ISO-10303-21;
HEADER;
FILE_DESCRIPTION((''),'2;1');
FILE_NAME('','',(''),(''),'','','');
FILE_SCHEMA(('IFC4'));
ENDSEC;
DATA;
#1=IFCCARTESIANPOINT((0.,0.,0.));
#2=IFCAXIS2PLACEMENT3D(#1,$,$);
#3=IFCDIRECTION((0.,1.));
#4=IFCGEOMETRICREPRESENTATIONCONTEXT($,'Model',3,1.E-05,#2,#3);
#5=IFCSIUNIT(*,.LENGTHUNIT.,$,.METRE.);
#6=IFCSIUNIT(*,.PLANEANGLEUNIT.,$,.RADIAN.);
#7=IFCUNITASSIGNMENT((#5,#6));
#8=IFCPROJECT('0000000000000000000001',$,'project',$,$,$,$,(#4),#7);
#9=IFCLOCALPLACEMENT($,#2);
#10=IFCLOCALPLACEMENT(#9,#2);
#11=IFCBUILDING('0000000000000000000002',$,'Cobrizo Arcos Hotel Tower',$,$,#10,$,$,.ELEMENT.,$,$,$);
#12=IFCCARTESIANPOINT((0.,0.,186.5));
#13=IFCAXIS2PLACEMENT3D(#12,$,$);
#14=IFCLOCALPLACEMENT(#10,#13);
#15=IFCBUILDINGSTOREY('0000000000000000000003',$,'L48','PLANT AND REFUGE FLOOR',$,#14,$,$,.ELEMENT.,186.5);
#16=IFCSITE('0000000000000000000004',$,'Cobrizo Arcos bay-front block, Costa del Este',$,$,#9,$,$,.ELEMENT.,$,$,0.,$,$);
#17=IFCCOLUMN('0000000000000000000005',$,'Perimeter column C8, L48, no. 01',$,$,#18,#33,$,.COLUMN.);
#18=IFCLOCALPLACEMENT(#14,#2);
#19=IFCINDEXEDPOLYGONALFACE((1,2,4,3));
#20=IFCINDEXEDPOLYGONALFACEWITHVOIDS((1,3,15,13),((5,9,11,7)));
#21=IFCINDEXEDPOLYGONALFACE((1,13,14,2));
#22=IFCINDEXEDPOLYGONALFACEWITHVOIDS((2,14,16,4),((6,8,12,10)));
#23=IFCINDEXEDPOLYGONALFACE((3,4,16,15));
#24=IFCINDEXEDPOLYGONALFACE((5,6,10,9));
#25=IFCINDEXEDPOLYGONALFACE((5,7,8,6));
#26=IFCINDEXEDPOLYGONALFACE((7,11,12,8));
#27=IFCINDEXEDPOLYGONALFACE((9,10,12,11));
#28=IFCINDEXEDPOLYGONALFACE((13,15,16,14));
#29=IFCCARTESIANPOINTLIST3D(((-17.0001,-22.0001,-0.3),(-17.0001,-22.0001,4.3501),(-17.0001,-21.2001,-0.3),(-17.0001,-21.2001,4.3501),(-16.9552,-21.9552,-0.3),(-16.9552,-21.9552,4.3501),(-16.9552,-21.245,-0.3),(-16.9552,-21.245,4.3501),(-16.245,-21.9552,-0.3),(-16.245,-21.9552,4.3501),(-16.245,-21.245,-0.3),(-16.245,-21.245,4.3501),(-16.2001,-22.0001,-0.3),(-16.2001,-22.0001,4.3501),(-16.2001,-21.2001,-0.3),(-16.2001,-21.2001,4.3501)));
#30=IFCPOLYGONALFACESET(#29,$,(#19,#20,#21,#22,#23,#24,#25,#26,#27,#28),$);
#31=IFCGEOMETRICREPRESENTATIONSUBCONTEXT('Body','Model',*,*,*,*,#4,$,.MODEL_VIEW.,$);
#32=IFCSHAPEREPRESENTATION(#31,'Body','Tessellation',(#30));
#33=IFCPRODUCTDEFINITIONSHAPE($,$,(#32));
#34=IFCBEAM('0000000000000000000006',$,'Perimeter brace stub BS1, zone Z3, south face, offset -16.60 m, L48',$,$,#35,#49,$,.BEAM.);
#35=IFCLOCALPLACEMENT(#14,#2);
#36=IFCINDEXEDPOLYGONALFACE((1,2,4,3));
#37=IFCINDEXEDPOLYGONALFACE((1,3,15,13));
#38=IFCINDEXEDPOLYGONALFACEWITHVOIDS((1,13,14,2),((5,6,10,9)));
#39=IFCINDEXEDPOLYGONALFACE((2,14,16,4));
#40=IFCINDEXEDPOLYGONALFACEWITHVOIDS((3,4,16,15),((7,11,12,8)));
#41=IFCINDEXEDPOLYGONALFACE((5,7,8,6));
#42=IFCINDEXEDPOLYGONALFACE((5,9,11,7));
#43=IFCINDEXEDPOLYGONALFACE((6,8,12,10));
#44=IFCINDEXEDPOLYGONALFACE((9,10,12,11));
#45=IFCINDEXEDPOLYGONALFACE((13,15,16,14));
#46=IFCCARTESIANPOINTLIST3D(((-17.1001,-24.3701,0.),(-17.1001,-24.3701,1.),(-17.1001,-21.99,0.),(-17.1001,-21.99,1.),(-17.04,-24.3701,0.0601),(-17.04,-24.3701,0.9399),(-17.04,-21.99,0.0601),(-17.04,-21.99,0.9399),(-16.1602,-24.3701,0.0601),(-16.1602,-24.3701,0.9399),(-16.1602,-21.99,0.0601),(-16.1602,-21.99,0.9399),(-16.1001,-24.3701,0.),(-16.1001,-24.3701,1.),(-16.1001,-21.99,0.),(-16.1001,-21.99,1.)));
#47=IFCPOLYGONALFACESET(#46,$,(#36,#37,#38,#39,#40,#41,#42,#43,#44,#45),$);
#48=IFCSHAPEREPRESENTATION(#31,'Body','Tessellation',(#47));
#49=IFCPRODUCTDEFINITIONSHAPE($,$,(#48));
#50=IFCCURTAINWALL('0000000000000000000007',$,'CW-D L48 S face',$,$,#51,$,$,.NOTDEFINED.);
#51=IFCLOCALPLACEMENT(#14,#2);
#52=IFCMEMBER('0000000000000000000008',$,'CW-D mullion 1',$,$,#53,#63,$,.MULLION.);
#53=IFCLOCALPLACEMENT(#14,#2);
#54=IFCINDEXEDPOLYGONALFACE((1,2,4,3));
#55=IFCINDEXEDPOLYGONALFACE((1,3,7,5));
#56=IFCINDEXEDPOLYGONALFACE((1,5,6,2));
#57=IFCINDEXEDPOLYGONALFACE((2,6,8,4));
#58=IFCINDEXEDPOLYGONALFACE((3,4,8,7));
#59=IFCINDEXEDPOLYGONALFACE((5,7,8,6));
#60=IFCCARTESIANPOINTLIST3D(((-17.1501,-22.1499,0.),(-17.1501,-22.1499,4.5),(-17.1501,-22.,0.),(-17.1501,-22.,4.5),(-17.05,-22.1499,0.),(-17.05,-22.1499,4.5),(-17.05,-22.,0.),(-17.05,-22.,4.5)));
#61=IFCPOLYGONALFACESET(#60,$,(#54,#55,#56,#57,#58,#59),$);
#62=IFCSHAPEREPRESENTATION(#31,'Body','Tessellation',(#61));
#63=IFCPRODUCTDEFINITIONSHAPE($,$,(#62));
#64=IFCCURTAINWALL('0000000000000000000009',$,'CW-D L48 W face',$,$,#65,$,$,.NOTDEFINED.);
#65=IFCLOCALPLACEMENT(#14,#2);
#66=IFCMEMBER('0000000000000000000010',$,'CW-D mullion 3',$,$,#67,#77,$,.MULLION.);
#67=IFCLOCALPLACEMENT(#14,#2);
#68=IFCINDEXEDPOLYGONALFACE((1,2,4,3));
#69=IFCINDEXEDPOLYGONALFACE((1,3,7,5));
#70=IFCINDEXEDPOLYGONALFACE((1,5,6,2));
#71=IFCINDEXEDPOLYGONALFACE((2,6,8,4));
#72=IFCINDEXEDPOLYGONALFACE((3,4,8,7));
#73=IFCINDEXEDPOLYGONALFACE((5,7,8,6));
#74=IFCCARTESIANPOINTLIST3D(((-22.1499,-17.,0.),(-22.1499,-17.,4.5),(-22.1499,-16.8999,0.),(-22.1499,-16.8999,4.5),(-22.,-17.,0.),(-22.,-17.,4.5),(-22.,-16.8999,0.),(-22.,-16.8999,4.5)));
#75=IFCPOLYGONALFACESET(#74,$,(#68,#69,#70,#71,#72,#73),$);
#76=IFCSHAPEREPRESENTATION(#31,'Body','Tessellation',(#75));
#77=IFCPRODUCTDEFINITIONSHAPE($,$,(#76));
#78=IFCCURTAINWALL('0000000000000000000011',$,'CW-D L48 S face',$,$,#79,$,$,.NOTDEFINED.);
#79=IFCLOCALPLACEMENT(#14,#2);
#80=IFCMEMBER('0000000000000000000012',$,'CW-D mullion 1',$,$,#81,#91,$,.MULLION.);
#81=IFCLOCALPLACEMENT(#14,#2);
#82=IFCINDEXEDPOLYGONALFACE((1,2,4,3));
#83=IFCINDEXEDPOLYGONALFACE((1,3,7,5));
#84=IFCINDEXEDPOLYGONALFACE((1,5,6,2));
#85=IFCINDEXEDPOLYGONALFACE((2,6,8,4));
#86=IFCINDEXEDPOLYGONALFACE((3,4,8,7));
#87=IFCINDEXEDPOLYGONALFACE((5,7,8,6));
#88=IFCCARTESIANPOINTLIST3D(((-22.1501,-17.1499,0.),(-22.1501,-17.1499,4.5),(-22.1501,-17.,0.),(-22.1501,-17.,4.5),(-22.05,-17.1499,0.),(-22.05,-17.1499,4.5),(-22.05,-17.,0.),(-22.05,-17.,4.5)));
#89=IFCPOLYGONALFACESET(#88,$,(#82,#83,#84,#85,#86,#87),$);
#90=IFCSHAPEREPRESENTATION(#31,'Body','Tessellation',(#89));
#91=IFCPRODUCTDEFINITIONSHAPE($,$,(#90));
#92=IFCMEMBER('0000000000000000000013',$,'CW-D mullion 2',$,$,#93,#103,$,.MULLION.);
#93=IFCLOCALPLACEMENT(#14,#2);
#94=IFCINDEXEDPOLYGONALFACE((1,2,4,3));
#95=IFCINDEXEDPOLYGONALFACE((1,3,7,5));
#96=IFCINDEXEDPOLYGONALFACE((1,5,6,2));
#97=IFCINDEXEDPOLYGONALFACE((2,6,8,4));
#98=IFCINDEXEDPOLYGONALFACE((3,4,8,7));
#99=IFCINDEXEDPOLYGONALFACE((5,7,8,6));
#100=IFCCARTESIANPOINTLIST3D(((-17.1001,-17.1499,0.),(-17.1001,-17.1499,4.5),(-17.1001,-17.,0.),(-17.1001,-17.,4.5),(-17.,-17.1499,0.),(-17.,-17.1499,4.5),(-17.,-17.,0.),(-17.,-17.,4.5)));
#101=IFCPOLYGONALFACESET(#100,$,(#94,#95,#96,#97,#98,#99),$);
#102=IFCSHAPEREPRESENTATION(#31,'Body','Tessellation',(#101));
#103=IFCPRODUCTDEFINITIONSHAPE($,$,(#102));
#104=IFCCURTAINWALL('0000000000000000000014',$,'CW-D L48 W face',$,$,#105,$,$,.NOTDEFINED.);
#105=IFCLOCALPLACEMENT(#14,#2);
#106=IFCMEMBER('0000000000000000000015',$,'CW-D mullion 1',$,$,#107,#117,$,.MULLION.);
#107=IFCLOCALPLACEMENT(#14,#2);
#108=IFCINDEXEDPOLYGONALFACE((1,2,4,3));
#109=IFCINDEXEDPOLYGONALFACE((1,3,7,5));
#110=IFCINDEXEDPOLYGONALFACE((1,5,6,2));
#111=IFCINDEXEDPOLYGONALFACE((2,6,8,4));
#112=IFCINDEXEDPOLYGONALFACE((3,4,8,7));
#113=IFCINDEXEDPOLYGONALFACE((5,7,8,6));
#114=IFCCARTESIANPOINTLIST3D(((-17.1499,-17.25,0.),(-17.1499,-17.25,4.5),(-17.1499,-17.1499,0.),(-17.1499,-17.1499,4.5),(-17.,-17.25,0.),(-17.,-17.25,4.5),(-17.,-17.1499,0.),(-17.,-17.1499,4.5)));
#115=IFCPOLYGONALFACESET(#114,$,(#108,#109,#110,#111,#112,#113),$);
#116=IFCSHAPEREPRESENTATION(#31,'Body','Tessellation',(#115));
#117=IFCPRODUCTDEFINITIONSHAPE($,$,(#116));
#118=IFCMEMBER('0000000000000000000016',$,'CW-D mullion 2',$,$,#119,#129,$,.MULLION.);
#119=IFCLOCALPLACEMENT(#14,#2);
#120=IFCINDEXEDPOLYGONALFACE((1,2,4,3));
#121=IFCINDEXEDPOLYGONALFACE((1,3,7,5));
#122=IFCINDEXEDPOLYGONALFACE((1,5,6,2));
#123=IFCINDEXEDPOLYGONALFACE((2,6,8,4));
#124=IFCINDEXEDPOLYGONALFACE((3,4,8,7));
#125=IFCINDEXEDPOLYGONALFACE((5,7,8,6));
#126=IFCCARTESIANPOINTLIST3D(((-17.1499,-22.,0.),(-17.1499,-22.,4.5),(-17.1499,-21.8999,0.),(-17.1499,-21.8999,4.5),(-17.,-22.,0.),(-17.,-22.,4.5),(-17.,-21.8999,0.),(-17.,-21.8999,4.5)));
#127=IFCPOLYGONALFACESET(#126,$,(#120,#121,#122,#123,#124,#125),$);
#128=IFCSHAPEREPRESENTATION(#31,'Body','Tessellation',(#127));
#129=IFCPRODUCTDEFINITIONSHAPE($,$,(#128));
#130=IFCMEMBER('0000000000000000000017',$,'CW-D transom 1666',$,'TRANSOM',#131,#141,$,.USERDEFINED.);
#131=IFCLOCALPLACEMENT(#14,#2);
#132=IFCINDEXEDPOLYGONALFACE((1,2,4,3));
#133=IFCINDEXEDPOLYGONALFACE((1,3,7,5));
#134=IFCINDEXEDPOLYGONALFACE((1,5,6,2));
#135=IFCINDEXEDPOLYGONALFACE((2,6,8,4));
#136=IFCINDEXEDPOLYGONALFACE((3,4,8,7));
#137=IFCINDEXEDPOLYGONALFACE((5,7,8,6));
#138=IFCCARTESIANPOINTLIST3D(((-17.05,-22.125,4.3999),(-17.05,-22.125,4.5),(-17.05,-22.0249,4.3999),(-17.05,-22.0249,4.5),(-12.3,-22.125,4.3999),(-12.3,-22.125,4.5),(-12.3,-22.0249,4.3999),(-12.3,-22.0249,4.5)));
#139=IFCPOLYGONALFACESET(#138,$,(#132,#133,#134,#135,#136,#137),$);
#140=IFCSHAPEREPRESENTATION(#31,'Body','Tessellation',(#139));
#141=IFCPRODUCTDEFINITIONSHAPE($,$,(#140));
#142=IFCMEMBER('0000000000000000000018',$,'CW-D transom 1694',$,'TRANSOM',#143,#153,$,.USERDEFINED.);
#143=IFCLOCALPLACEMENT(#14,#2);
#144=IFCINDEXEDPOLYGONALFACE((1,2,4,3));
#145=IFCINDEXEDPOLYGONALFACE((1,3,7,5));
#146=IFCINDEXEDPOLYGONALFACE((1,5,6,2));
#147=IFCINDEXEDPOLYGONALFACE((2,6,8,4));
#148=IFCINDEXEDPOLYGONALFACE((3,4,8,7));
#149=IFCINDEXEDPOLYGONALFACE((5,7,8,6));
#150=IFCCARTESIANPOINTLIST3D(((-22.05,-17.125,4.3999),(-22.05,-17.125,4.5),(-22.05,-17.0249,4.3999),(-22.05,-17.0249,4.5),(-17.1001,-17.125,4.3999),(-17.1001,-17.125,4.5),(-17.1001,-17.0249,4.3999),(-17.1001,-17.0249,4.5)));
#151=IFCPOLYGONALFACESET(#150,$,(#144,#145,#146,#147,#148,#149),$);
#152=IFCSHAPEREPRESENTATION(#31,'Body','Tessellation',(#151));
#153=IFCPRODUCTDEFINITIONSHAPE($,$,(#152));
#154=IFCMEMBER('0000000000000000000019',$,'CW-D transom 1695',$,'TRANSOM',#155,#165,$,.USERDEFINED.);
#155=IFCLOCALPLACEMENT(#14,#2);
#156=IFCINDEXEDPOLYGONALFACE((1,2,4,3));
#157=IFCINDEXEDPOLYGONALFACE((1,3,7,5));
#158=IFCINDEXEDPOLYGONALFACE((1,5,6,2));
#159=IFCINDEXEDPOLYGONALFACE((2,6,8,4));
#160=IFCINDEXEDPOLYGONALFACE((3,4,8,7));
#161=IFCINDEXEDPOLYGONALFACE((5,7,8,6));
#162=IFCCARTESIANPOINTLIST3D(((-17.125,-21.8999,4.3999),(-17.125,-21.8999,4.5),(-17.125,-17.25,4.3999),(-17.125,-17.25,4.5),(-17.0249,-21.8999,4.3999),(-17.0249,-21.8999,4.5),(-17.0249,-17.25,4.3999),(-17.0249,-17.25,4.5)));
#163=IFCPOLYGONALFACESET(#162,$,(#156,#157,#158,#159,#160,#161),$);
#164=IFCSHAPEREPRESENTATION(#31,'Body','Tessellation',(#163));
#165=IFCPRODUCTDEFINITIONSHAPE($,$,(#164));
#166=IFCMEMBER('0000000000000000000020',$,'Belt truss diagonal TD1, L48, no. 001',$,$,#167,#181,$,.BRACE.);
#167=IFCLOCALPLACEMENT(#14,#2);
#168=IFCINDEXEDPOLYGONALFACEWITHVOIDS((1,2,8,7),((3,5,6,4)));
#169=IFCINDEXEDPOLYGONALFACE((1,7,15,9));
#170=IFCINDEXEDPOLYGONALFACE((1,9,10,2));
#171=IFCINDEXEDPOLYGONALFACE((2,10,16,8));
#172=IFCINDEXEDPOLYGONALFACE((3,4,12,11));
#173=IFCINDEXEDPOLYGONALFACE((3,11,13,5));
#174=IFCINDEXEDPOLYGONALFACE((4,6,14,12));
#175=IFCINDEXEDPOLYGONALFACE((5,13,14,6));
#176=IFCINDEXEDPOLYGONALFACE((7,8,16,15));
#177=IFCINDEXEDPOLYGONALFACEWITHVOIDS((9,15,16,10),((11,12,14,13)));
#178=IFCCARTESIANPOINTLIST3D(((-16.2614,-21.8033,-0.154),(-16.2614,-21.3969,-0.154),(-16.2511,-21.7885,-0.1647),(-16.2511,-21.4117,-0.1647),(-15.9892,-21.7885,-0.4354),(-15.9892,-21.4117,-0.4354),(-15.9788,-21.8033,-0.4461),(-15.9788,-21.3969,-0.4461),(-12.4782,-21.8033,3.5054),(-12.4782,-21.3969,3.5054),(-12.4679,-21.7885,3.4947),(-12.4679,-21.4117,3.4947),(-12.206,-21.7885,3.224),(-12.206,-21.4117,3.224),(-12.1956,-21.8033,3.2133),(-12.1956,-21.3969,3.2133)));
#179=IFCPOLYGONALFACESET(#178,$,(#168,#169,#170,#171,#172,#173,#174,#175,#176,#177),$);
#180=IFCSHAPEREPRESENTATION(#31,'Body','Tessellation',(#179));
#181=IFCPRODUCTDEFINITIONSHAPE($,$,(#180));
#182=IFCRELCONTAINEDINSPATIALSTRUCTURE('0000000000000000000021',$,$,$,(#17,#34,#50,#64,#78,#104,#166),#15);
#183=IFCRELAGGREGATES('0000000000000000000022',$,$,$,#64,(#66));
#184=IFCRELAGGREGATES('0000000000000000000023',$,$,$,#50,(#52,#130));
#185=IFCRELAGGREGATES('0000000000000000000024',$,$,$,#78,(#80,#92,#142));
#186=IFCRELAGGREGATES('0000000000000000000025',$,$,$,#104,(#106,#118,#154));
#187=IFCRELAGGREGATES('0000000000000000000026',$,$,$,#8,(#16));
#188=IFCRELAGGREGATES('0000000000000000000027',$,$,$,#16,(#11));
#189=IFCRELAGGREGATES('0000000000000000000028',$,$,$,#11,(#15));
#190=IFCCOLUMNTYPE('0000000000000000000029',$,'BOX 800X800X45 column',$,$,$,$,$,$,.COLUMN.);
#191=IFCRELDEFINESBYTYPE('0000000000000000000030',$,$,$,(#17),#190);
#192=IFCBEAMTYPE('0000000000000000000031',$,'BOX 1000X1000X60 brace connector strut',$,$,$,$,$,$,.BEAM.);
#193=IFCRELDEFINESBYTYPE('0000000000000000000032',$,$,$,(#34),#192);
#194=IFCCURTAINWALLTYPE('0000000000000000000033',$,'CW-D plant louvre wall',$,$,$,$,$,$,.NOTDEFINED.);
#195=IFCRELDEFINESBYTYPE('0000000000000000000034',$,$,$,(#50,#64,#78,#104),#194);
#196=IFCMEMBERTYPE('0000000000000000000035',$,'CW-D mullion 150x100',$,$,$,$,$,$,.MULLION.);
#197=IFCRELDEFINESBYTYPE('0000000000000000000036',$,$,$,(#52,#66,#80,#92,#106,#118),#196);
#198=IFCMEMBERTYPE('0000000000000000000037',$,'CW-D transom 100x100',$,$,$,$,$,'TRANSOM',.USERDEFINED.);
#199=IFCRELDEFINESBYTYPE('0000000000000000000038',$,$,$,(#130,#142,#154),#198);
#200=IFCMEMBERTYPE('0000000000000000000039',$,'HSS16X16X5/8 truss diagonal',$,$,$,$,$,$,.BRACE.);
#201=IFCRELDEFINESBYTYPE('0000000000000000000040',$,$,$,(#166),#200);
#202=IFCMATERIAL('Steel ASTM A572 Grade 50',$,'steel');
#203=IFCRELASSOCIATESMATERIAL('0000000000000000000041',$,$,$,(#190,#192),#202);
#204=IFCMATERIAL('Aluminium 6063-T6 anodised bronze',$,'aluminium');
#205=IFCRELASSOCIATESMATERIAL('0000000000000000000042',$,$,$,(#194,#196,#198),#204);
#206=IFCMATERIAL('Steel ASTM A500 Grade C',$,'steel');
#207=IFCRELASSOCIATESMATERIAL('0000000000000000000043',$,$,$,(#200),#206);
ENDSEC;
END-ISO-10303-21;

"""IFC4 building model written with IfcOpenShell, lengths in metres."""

from ifc_helpers import new_model, si_unit, direction, frame, origin, origin_2d, place, context, subcontext, project, spatial, rectangle, hollow_rectangle, extrude, material, material_profile, profile_set, type_object, element, aggregate, save


model = new_model("IFC4")

# Units and contexts
model_context = context("Model", 3, precision=1e-05, world=origin(), true_north=direction((0.0, 1.0)))
body_context = subcontext(model_context, "Body", "Model", "MODEL_VIEW")
ifc_project = project(units=[si_unit("LENGTHUNIT", "METRE"), si_unit("PLANEANGLEUNIT", "RADIAN")], contexts=[model_context])

# Site, building, storey
site_placement = place(None, origin())
site = spatial("IfcSite", under=ifc_project, at=site_placement, Name="Cobrizo Arcos bay-front block, Costa del Este", CompositionType="ELEMENT", RefElevation=0.0)
building_placement = place(site_placement, origin())
building = spatial("IfcBuilding", under=site, at=building_placement, Name="Cobrizo Arcos Hotel Tower", CompositionType="ELEMENT")
storey_placement = place(building_placement, frame((0.0, 0.0, 186.5)))
storey = spatial("IfcBuildingStorey", under=building, at=storey_placement, Name="L48", Description="PLANT AND REFUGE FLOOR", CompositionType="ELEMENT", Elevation=186.5)

# Column
ifc_material_1 = material(Name="Steel ASTM A572 Grade 50", Category="steel")
ifc_material_profile_1 = material_profile(ifc_material_1, hollow_rectangle(XDim=0.8, YDim=0.8, WallThickness=0.0449, at=origin_2d()), Name="BOX 800X800X45")
ifc_profile_set_1 = profile_set([ifc_material_profile_1], Name="Steel ASTM A572 Grade 50")
column_type = type_object("IfcColumnType", Name="BOX 800X800X45 column", PredefinedType="COLUMN", material=ifc_profile_set_1)
column_placement = place(storey_placement, frame((-16.6001, -21.6001, -0.3), z_axis=(0.0, 0.0, 1.0), x_axis=(1.0, 0.0, 0.0)))
element("IfcColumn", 1, at=column_placement, inside=storey, type_object=column_type, Name="Perimeter column C8, L48, no. 01", PredefinedType="COLUMN", context=body_context, shape_type="SweptSolid", body=[
    extrude(hollow_rectangle(XDim=0.8, YDim=0.8, WallThickness=0.0449, at=origin_2d()), origin(), (0.0, 0.0, 1.0), 4.6501),
])

# Beam
ifc_material_profile_2 = material_profile(ifc_material_1, hollow_rectangle(XDim=1.0, YDim=1.0, WallThickness=0.0601, at=origin_2d()), Name="BOX 1000X1000X60")
ifc_profile_set_2 = profile_set([ifc_material_profile_2], Name="Steel ASTM A572 Grade 50")
beam_type = type_object("IfcBeamType", Name="BOX 1000X1000X60 brace connector strut", PredefinedType="BEAM", material=ifc_profile_set_2)
beam_placement = place(storey_placement, frame((-16.6001, -21.99, 0.5), z_axis=(0.0, -1.0, 0.0), x_axis=(1.0, 0.0, 0.0)))
element("IfcBeam", 2, at=beam_placement, inside=storey, type_object=beam_type, Name="Perimeter brace stub BS1, zone Z3, south face, offset -16.60 m, L48", PredefinedType="BEAM", context=body_context, shape_type="SweptSolid", body=[
    extrude(hollow_rectangle(XDim=1.0, YDim=1.0, WallThickness=0.0601, at=origin_2d()), origin(), (0.0, 0.0, 1.0), 2.3801),
])

# Curtain walls, members
ifc_material_2 = material(Name="Aluminium 6063-T6 anodised bronze", Category="aluminium")
curtain_wall_type = type_object("IfcCurtainWallType", Name="CW-D plant louvre wall", PredefinedType="NOTDEFINED", material=ifc_material_2)
curtain_wall_1_placement = place(storey_placement, origin())
curtain_wall_1 = element("IfcCurtainWall", 3, at=curtain_wall_1_placement, inside=storey, type_object=curtain_wall_type, Name="CW-D L48 S face", PredefinedType="NOTDEFINED")
ifc_material_profile_3 = material_profile(ifc_material_2, rectangle(XDim=0.1499, YDim=0.1001, at=origin_2d()), Name="CW-D mullion 150x100")
ifc_profile_set_3 = profile_set([ifc_material_profile_3], Name="Aluminium 6063-T6 anodised bronze")
member_type_1 = type_object("IfcMemberType", Name="CW-D mullion 150x100", PredefinedType="MULLION", material=ifc_profile_set_3)
member_1_placement = place(storey_placement, frame((-17.1001, -22.075, 0.0), z_axis=(0.0, 0.0, 1.0), x_axis=(0.0, -1.0, 0.0)))
member_1 = element("IfcMember", 4, at=member_1_placement, type_object=member_type_1, Name="CW-D mullion 1", PredefinedType="MULLION", context=body_context, shape_type="SweptSolid", body=[
    extrude(rectangle(XDim=0.1499, YDim=0.1001, at=origin_2d()), origin(), (0.0, 0.0, 1.0), 4.5),
])
curtain_wall_2_placement = place(storey_placement, origin())
curtain_wall_2 = element("IfcCurtainWall", 5, at=curtain_wall_2_placement, inside=storey, type_object=curtain_wall_type, Name="CW-D L48 W face", PredefinedType="NOTDEFINED")
member_2_placement = place(storey_placement, frame((-22.075, -16.95, 0.0), z_axis=(0.0, 0.0, 1.0), x_axis=(-1.0, 0.0, 0.0)))
member_2 = element("IfcMember", 6, at=member_2_placement, type_object=member_type_1, Name="CW-D mullion 3", PredefinedType="MULLION", context=body_context, shape_type="SweptSolid", body=[
    extrude(rectangle(XDim=0.1499, YDim=0.1001, at=origin_2d()), origin(), (0.0, 0.0, 1.0), 4.5),
])
aggregate(curtain_wall_2, [member_2])

# Curtain walls, members
curtain_wall_3_placement = place(storey_placement, origin())
curtain_wall_3 = element("IfcCurtainWall", 7, at=curtain_wall_3_placement, inside=storey, type_object=curtain_wall_type, Name="CW-D L48 S face", PredefinedType="NOTDEFINED")
member_3_placement = place(storey_placement, frame((-22.1001, -17.075, 0.0), z_axis=(0.0, 0.0, 1.0), x_axis=(0.0, -1.0, 0.0)))
member_3 = element("IfcMember", 8, at=member_3_placement, type_object=member_type_1, Name="CW-D mullion 1", PredefinedType="MULLION", context=body_context, shape_type="SweptSolid", body=[
    extrude(rectangle(XDim=0.1499, YDim=0.1001, at=origin_2d()), origin(), (0.0, 0.0, 1.0), 4.5),
])
member_4_placement = place(storey_placement, frame((-17.05, -17.075, 0.0), z_axis=(0.0, 0.0, 1.0), x_axis=(0.0, -1.0, 0.0)))
member_4 = element("IfcMember", 9, at=member_4_placement, type_object=member_type_1, Name="CW-D mullion 2", PredefinedType="MULLION", context=body_context, shape_type="SweptSolid", body=[
    extrude(rectangle(XDim=0.1499, YDim=0.1001, at=origin_2d()), origin(), (0.0, 0.0, 1.0), 4.5),
])
curtain_wall_4_placement = place(storey_placement, origin())
curtain_wall_4 = element("IfcCurtainWall", 10, at=curtain_wall_4_placement, inside=storey, type_object=curtain_wall_type, Name="CW-D L48 W face", PredefinedType="NOTDEFINED")
member_5_placement = place(storey_placement, frame((-17.075, -17.2, 0.0), z_axis=(0.0, 0.0, 1.0), x_axis=(-1.0, 0.0, 0.0)))
member_5 = element("IfcMember", 11, at=member_5_placement, type_object=member_type_1, Name="CW-D mullion 1", PredefinedType="MULLION", context=body_context, shape_type="SweptSolid", body=[
    extrude(rectangle(XDim=0.1499, YDim=0.1001, at=origin_2d()), origin(), (0.0, 0.0, 1.0), 4.5),
])
member_6_placement = place(storey_placement, frame((-17.075, -21.95, 0.0), z_axis=(0.0, 0.0, 1.0), x_axis=(-1.0, 0.0, 0.0)))
member_6 = element("IfcMember", 12, at=member_6_placement, type_object=member_type_1, Name="CW-D mullion 2", PredefinedType="MULLION", context=body_context, shape_type="SweptSolid", body=[
    extrude(rectangle(XDim=0.1499, YDim=0.1001, at=origin_2d()), origin(), (0.0, 0.0, 1.0), 4.5),
])

# Members
ifc_material_profile_4 = material_profile(ifc_material_2, rectangle(XDim=0.1001, YDim=0.1001, at=origin_2d()), Name="CW-D transom 100x100")
ifc_profile_set_4 = profile_set([ifc_material_profile_4], Name="Aluminium 6063-T6 anodised bronze")
member_type_2 = type_object("IfcMemberType", Name="CW-D transom 100x100", ElementType="TRANSOM", PredefinedType="USERDEFINED", material=ifc_profile_set_4)
member_7_placement = place(storey_placement, frame((-17.05, -22.075, 4.45), z_axis=(1.0, 0.0, 0.0), x_axis=(0.0, 1.0, 0.0)))
member_7 = element("IfcMember", 13, at=member_7_placement, type_object=member_type_2, Name="CW-D transom 1666", ObjectType="TRANSOM", PredefinedType="USERDEFINED", context=body_context, shape_type="SweptSolid", body=[
    extrude(rectangle(XDim=0.1001, YDim=0.1001, at=origin_2d()), origin(), (0.0, 0.0, 1.0), 4.75),
])
aggregate(curtain_wall_1, [member_1, member_7])
member_8_placement = place(storey_placement, frame((-22.05, -17.075, 4.45), z_axis=(1.0, 0.0, 0.0), x_axis=(0.0, 1.0, 0.0)))
member_8 = element("IfcMember", 14, at=member_8_placement, type_object=member_type_2, Name="CW-D transom 1694", ObjectType="TRANSOM", PredefinedType="USERDEFINED", context=body_context, shape_type="SweptSolid", body=[
    extrude(rectangle(XDim=0.1001, YDim=0.1001, at=origin_2d()), origin(), (0.0, 0.0, 1.0), 4.95),
])
member_9_placement = place(storey_placement, frame((-17.075, -17.25, 4.45), z_axis=(0.0, -1.0, 0.0), x_axis=(1.0, 0.0, 0.0)))
member_9 = element("IfcMember", 15, at=member_9_placement, type_object=member_type_2, Name="CW-D transom 1695", ObjectType="TRANSOM", PredefinedType="USERDEFINED", context=body_context, shape_type="SweptSolid", body=[
    extrude(rectangle(XDim=0.1001, YDim=0.1001, at=origin_2d()), origin(), (0.0, 0.0, 1.0), 4.6499),
])

# Member
ifc_material_3 = material(Name="Steel ASTM A500 Grade C", Category="steel")
ifc_material_profile_5 = material_profile(ifc_material_3, hollow_rectangle(XDim=0.4065, YDim=0.4065, WallThickness=0.0149, at=origin_2d()), Name="HSS16X16X5/8")
ifc_profile_set_5 = profile_set([ifc_material_profile_5], Name="Steel ASTM A500 Grade C")
member_type_3 = type_object("IfcMemberType", Name="HSS16X16X5/8 truss diagonal", PredefinedType="BRACE", material=ifc_profile_set_5)
member_10_placement = place(storey_placement, frame((-16.1201, -21.6001, -0.3), z_axis=(0.718767, 0.0, 0.695251), x_axis=(0.0, 1.0, 0.0)))
element("IfcMember", 16, at=member_10_placement, inside=storey, type_object=member_type_3, Name="Belt truss diagonal TD1, L48, no. 001", PredefinedType="BRACE", context=body_context, shape_type="SweptSolid", body=[
    extrude(hollow_rectangle(XDim=0.4065, YDim=0.4065, WallThickness=0.0149, at=origin_2d()), origin(), (0.0, 0.0, 1.0), 5.2634),
])

aggregate(curtain_wall_3, [member_3, member_4, member_8])
aggregate(curtain_wall_4, [member_5, member_6, member_9])

save(model, "model.ifc")
